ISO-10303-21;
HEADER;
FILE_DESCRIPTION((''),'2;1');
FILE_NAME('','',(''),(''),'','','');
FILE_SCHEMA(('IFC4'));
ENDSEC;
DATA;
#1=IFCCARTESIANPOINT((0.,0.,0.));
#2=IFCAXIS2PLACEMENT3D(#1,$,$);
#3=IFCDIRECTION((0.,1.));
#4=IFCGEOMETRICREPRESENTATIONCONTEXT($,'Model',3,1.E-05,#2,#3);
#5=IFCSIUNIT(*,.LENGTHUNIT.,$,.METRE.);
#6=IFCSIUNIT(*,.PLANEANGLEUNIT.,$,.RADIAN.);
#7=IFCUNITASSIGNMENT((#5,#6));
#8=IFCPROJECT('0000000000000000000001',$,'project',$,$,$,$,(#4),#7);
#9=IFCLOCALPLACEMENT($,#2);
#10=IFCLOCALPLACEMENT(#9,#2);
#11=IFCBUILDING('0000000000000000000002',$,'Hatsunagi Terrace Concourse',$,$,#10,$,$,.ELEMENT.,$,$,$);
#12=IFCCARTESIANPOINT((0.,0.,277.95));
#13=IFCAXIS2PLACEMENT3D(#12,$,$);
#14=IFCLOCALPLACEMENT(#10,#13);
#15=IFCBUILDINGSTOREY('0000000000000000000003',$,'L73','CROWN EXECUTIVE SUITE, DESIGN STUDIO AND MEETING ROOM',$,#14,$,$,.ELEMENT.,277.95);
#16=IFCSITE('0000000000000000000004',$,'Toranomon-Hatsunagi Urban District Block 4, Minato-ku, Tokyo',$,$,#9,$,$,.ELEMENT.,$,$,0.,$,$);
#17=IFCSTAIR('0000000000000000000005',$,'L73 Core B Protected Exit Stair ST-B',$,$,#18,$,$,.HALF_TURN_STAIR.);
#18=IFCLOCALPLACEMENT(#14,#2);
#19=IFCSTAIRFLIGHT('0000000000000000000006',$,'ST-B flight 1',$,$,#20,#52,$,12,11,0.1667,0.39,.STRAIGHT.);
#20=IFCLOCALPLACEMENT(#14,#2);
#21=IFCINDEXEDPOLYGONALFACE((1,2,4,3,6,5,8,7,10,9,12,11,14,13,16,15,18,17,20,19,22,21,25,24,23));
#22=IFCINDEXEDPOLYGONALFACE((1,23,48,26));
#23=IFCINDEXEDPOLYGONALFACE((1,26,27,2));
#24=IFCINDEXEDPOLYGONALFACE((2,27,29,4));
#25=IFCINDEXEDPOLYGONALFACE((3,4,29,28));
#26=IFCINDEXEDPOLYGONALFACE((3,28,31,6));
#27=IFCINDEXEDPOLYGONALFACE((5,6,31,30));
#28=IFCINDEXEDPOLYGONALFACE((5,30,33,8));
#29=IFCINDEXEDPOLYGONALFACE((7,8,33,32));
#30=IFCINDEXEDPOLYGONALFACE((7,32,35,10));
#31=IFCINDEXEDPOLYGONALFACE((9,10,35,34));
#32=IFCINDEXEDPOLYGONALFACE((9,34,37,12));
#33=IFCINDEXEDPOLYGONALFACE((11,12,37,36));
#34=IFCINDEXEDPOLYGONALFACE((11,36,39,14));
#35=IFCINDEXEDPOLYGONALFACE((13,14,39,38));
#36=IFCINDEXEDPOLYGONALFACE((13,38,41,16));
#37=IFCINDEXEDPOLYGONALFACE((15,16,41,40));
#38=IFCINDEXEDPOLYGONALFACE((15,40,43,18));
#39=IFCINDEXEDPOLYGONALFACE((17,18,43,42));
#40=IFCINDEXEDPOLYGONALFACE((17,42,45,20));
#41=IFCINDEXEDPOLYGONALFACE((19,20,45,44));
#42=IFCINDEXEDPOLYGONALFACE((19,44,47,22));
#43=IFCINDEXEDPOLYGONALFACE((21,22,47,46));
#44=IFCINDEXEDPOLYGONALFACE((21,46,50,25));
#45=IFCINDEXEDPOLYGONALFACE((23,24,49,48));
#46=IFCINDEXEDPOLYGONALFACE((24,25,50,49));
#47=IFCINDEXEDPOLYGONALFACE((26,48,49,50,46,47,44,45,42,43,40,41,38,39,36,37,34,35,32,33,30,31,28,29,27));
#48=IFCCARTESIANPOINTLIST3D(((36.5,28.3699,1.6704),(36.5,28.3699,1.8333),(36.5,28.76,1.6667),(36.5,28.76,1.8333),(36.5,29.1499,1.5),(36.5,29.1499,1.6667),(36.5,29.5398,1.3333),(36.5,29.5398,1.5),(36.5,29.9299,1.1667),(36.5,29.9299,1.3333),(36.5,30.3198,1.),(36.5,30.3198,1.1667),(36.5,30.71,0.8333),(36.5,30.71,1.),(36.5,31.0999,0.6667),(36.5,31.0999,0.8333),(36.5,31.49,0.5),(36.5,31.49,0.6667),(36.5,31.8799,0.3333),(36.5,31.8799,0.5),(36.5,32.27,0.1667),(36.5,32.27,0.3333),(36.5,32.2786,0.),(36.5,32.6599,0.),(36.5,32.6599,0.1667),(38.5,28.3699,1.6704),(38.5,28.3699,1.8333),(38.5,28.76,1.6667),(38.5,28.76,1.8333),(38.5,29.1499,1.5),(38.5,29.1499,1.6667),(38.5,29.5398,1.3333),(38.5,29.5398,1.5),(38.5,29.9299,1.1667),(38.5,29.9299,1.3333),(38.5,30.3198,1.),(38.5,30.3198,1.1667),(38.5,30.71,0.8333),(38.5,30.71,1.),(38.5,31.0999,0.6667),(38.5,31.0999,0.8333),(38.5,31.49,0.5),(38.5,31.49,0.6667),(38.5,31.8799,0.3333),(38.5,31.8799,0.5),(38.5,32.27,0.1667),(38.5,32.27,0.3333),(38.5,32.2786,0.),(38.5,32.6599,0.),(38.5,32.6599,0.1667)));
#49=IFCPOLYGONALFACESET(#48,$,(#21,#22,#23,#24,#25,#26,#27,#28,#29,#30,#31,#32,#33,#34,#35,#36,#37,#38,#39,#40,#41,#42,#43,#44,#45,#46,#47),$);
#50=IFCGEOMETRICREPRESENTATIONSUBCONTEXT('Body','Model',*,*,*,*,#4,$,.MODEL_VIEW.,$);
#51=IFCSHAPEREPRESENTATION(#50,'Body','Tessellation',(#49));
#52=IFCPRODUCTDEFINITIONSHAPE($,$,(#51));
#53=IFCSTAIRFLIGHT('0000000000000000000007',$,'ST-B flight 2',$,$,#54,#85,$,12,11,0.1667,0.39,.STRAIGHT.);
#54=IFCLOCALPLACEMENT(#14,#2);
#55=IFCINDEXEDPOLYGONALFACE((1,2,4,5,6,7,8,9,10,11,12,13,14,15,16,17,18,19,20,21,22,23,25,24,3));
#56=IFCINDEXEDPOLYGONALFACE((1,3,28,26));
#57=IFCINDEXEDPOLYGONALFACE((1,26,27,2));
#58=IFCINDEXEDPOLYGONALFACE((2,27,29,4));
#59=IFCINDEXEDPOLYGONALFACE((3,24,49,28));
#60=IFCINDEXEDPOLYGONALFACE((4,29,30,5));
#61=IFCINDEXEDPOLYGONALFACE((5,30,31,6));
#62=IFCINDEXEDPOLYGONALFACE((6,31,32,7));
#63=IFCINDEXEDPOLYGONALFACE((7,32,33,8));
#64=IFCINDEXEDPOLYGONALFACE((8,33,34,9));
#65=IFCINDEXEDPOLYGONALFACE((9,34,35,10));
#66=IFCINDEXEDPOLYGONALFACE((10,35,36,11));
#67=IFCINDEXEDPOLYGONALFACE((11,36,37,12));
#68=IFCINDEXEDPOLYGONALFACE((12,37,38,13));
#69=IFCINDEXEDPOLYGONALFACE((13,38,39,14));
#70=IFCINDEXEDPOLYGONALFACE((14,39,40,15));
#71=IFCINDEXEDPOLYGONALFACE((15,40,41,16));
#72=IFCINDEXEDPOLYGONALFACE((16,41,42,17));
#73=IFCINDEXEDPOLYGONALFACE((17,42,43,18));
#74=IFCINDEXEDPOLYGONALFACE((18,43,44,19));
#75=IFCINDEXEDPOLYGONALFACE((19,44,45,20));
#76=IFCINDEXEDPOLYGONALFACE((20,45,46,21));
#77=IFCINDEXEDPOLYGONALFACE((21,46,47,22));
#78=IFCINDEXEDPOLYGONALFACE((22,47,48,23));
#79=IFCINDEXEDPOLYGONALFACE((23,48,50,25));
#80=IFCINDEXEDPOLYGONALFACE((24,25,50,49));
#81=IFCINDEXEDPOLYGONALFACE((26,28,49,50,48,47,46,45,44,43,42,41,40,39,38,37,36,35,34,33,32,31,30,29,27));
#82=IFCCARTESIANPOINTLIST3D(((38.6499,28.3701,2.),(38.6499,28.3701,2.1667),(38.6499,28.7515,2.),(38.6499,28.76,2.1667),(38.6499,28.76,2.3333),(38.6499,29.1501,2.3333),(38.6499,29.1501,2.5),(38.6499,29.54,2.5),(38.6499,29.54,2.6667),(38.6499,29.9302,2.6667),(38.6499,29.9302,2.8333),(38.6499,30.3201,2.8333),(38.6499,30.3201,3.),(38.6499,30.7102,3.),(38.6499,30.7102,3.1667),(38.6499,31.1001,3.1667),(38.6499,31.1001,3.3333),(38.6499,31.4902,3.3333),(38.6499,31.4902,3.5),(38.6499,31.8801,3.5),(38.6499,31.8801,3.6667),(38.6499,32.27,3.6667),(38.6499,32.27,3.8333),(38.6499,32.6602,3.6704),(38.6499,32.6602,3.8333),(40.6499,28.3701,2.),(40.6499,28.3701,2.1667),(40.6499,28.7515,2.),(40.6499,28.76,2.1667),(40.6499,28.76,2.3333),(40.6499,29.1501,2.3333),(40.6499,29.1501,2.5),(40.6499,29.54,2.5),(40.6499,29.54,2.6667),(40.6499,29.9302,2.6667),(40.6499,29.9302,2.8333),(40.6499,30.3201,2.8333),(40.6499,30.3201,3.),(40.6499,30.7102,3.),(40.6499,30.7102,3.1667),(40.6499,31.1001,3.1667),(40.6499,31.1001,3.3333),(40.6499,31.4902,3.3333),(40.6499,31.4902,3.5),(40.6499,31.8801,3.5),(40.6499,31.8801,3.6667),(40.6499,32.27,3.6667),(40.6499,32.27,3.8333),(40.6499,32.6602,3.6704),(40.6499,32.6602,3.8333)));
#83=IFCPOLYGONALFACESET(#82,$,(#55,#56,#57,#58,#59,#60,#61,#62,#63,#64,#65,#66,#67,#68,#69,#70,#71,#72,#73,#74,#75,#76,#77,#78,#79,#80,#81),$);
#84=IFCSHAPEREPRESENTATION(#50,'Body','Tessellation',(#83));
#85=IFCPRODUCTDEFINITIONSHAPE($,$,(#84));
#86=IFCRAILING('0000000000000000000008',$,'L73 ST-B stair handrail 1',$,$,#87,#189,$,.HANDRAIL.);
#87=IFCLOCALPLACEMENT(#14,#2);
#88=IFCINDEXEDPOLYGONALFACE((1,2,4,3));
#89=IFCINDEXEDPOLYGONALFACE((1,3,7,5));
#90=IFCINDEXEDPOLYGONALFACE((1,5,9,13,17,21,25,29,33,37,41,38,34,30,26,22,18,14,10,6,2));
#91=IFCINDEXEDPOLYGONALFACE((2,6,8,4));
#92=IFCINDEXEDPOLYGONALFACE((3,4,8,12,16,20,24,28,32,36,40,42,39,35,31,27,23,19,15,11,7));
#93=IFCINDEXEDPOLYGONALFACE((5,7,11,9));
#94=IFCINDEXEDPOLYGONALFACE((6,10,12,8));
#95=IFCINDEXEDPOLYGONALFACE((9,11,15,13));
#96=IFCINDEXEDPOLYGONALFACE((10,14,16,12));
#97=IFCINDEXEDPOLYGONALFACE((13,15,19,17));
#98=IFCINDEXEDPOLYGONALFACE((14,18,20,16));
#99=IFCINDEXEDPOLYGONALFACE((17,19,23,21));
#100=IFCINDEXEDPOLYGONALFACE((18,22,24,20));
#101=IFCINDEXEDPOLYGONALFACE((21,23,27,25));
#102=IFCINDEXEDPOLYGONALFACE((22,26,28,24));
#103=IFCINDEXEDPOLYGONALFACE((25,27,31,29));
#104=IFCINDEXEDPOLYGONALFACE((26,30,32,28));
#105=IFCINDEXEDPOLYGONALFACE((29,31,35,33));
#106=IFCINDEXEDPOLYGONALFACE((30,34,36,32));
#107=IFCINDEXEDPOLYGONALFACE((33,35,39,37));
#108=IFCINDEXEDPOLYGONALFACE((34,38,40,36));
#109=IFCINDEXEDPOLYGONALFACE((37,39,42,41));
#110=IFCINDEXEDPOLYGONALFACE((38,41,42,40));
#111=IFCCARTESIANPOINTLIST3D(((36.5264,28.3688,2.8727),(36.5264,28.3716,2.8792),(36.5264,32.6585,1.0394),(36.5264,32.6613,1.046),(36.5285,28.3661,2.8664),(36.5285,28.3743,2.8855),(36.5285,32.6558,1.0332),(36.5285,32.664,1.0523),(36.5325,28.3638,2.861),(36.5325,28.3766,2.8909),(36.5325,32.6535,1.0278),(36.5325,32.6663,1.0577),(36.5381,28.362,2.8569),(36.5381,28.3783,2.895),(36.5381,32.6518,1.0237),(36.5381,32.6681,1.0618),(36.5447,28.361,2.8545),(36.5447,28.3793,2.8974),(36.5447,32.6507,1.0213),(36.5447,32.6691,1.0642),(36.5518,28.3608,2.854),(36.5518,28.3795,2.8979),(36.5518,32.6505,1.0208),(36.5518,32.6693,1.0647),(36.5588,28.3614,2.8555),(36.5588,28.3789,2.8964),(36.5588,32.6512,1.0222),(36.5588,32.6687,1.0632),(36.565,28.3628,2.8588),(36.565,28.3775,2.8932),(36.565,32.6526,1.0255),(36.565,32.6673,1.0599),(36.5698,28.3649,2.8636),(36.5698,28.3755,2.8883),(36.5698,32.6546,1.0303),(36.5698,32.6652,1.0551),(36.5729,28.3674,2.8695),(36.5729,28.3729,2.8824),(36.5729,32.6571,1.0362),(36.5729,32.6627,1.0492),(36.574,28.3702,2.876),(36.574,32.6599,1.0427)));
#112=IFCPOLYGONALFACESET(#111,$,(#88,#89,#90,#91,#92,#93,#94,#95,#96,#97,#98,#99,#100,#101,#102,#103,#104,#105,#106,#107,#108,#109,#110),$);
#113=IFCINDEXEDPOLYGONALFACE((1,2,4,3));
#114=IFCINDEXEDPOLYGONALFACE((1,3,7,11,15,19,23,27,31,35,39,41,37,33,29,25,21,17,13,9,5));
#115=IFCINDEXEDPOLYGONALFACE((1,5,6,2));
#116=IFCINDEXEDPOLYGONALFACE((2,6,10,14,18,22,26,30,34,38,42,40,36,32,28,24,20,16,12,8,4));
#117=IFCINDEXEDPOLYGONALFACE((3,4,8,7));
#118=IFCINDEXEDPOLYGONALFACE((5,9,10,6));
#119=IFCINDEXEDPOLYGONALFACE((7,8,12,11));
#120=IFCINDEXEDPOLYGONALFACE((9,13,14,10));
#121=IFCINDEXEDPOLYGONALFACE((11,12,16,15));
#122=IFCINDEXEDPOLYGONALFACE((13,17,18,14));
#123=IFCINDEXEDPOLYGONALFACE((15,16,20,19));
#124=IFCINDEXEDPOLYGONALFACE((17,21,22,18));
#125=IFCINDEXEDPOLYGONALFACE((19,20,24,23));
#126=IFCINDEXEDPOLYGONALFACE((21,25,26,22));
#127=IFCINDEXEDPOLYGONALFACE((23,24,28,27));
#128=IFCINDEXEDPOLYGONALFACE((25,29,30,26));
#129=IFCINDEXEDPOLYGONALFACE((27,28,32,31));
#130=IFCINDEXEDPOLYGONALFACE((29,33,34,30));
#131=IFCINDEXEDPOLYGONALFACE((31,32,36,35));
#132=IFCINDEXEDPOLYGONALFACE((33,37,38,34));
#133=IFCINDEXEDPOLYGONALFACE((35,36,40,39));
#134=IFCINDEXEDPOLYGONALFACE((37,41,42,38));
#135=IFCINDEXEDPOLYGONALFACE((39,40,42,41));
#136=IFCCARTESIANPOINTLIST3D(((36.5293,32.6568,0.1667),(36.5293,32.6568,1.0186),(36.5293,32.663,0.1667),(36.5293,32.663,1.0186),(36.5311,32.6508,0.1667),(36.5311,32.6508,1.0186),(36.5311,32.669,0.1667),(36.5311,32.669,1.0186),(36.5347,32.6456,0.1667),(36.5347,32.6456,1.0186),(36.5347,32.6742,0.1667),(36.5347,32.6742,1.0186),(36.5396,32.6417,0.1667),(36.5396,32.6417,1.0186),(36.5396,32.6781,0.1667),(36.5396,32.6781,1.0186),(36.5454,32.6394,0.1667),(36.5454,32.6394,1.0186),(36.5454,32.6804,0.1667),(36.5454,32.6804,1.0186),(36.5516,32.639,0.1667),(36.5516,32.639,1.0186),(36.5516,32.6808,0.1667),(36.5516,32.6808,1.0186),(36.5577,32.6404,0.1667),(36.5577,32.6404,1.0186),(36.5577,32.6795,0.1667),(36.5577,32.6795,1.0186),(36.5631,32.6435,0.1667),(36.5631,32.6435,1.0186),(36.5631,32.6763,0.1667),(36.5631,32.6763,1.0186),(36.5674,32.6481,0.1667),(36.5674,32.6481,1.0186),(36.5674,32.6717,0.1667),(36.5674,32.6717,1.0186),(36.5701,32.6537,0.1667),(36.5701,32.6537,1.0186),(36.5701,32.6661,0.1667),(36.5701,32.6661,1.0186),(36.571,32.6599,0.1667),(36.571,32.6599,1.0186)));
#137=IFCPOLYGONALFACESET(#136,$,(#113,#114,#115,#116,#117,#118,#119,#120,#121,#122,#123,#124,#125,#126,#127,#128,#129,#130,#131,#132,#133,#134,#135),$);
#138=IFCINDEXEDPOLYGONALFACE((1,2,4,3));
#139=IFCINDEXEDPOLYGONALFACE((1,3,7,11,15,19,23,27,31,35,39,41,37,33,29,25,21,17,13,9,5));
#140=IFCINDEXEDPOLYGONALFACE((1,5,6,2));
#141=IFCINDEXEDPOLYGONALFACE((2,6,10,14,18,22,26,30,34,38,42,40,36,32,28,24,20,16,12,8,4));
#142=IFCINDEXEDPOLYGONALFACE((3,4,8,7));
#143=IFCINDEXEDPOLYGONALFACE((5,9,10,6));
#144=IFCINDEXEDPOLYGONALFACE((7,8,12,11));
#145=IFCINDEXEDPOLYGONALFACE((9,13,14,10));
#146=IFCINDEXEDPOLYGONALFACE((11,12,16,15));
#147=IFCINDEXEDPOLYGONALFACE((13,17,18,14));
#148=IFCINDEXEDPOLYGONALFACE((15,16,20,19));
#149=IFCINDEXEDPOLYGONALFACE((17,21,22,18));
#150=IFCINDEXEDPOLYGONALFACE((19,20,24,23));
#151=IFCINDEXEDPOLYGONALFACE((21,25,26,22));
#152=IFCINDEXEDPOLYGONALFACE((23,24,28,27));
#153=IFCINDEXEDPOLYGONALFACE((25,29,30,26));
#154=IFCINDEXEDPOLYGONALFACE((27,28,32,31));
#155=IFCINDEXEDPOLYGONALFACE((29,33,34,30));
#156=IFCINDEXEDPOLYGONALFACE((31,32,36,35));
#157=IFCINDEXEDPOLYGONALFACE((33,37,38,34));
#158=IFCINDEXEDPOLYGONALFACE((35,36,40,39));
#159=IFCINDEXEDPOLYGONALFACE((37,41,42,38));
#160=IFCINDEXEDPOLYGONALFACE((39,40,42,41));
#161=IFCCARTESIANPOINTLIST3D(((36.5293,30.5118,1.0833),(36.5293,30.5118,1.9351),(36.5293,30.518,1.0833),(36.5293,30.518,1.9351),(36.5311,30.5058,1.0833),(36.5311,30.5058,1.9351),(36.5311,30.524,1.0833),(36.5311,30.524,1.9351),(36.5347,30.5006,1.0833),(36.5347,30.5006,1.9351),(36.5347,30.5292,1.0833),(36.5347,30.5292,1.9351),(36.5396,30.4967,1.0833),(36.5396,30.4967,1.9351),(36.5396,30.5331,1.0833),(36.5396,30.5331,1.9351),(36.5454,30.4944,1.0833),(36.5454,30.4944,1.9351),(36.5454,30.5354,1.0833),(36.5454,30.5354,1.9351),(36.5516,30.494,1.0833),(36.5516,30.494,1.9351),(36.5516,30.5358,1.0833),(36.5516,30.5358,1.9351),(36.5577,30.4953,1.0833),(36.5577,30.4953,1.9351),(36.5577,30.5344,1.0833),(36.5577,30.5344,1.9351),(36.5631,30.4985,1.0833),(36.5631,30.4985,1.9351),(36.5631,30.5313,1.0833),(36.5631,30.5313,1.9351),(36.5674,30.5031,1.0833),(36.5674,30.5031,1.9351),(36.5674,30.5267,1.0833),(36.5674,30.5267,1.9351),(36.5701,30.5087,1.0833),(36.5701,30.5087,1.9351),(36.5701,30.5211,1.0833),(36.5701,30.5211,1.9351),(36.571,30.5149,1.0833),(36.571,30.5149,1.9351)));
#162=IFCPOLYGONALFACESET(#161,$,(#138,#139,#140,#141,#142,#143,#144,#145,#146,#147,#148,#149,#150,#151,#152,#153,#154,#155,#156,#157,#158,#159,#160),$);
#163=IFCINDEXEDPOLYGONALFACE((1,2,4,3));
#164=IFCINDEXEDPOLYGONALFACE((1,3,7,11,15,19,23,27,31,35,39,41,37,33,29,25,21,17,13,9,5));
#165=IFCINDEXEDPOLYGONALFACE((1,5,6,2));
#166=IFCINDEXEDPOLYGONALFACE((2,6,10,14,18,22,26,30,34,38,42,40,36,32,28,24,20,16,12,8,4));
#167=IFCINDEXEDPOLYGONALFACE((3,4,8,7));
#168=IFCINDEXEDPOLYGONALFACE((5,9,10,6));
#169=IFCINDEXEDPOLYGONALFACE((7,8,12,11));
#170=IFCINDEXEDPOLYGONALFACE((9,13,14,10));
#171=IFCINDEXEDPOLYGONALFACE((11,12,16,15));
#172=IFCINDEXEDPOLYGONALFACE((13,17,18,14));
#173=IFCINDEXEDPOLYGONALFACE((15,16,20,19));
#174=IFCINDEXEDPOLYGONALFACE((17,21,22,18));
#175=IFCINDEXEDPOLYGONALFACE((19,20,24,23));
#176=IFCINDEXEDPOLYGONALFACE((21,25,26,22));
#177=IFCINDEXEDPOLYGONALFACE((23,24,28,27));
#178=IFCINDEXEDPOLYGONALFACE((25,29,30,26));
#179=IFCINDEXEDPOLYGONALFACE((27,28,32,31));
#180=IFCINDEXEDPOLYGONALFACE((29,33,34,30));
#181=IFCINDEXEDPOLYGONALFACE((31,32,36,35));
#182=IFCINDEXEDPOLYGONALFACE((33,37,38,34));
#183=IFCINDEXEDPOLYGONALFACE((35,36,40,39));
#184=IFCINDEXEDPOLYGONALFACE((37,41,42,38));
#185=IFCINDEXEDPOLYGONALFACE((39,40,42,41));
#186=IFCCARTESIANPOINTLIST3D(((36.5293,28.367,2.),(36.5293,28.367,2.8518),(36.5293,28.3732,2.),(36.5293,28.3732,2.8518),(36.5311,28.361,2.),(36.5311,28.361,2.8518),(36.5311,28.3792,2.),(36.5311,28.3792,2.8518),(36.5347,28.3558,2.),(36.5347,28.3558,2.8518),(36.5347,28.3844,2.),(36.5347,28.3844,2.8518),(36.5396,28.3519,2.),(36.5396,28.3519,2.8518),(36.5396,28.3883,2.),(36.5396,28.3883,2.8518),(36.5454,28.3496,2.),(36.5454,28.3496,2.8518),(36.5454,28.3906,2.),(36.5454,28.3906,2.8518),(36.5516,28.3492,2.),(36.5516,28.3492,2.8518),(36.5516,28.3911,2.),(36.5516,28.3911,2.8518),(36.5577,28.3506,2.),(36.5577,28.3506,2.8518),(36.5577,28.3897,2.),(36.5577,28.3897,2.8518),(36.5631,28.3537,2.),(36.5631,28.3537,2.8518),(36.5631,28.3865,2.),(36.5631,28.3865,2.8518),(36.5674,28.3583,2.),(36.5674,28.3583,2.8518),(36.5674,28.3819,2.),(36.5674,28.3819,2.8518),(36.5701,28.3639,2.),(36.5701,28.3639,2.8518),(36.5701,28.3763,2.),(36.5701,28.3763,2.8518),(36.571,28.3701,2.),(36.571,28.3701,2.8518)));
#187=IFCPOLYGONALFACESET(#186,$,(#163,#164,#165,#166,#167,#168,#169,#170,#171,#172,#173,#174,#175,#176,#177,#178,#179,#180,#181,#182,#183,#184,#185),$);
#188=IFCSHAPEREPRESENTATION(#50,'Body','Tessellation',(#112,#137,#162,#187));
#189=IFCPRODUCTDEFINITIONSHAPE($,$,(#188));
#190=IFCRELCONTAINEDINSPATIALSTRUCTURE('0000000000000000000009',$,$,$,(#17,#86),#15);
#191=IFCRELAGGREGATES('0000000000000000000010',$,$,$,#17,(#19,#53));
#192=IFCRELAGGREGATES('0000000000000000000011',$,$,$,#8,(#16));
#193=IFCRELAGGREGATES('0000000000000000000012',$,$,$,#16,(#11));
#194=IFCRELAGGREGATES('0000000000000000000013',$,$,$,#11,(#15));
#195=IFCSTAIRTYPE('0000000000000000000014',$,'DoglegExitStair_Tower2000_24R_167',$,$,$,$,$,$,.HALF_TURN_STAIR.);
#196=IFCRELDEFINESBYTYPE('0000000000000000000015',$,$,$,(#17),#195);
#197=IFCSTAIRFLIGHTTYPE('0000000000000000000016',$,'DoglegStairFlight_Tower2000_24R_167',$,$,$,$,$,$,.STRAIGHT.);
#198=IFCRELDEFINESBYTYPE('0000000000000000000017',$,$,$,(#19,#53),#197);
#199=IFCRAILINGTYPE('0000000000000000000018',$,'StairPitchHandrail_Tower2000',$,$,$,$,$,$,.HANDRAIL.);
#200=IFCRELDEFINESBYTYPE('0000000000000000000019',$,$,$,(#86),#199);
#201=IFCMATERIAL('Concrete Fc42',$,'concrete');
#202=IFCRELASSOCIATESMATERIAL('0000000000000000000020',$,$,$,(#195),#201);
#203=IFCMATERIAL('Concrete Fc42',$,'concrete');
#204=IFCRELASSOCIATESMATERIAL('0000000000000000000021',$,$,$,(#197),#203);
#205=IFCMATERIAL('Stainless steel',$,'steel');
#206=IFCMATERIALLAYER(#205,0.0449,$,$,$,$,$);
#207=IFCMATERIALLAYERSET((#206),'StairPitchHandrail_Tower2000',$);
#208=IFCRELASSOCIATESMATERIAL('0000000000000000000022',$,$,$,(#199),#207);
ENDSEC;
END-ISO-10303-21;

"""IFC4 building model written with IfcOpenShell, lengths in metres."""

from ifc_helpers import new_model, si_unit, direction, frame, origin, origin_2d, place, context, subcontext, project, spatial, polyline, circle, outline, extrude, material, layer, layer_set, type_object, element, aggregate, save


model = new_model("IFC4")

# Units and contexts
model_context = context("Model", 3, precision=1e-05, world=origin(), true_north=direction((0.0, 1.0)))
body_context = subcontext(model_context, "Body", "Model", "MODEL_VIEW")
ifc_project = project(units=[si_unit("LENGTHUNIT", "METRE"), si_unit("PLANEANGLEUNIT", "RADIAN")], contexts=[model_context])

# Site, building, storey
site_placement = place(None, origin())
site = spatial("IfcSite", under=ifc_project, at=site_placement, Name="Toranomon-Hatsunagi Urban District Block 4, Minato-ku, Tokyo", CompositionType="ELEMENT", RefElevation=0.0)
building_placement = place(site_placement, origin())
building = spatial("IfcBuilding", under=site, at=building_placement, Name="Hatsunagi Terrace Concourse", CompositionType="ELEMENT")
storey_placement = place(building_placement, frame((0.0, 0.0, 277.95)))
storey = spatial("IfcBuildingStorey", under=building, at=storey_placement, Name="L73", Description="CROWN EXECUTIVE SUITE, DESIGN STUDIO AND MEETING ROOM", CompositionType="ELEMENT", Elevation=277.95)

# Stair, stair flights
ifc_material_1 = material(Name="Concrete Fc42", Category="concrete")
stair_type = type_object("IfcStairType", Name="DoglegExitStair_Tower2000_24R_167", PredefinedType="HALF_TURN_STAIR", material=ifc_material_1)
stair_placement = place(storey_placement, origin())
stair = element("IfcStair", 1, at=stair_placement, inside=storey, type_object=stair_type, Name="L73 Core B Protected Exit Stair ST-B", PredefinedType="HALF_TURN_STAIR")
ifc_material_2 = material(Name="Concrete Fc42", Category="concrete")
stair_flight_type = type_object("IfcStairFlightType", Name="DoglegStairFlight_Tower2000_24R_167", PredefinedType="STRAIGHT", material=ifc_material_2)
stair_flight_1_placement = place(storey_placement, frame((37.5, 32.6599, 0.0), z_axis=(0.0, 0.0, 1.0), x_axis=(0.0, -1.0, 0.0)))
stair_flight_1 = element("IfcStairFlight", 2, at=stair_flight_1_placement, type_object=stair_flight_type, Name="ST-B flight 1", NumberOfRisers=12, NumberOfTreads=11, PredefinedType="STRAIGHT", RiserHeight=0.1667, TreadLength=0.39, context=body_context, shape_type="SweptSolid", body=[
    extrude(outline(polyline([(0.0, 0.0), (0.0, 0.1667), (0.3899, 0.1667), (0.3899, 0.3333), (0.78, 0.3333), (0.78, 0.5), (1.1699, 0.5), (1.1699, 0.6667), (1.5601, 0.6667), (1.5601, 0.8333), (1.95, 0.8333), (1.95, 1.0), (2.3401, 1.0), (2.3401, 1.1667), (2.73, 1.1667), (2.73, 1.3333), (3.1201, 1.3333), (3.1201, 1.5), (3.51, 1.5), (3.51, 1.6667), (3.8999, 1.6667), (3.8999, 1.8333), (4.29, 1.8333), (4.29, 2.0), (4.29, 1.6704), (0.3813, 0.0), (0.0, 0.0)])), frame((0.0, 1.0, 0.0), z_axis=(0.0, -1.0, 0.0), x_axis=(1.0, 0.0, 0.0)), (0.0, 0.0, 1.0), 2.0),
])
stair_flight_2_placement = place(storey_placement, frame((39.6499, 28.3701, 2.0), z_axis=(0.0, 0.0, 1.0), x_axis=(0.0, 1.0, 0.0)))
stair_flight_2 = element("IfcStairFlight", 3, at=stair_flight_2_placement, type_object=stair_flight_type, Name="ST-B flight 2", NumberOfRisers=12, NumberOfTreads=11, PredefinedType="STRAIGHT", RiserHeight=0.1667, TreadLength=0.39, context=body_context, shape_type="SweptSolid", body=[
    extrude(outline(polyline([(0.0, 0.0), (0.0, 0.1667), (0.3899, 0.1667), (0.3899, 0.3333), (0.78, 0.3333), (0.78, 0.5), (1.1699, 0.5), (1.1699, 0.6667), (1.5601, 0.6667), (1.5601, 0.8333), (1.95, 0.8333), (1.95, 1.0), (2.3401, 1.0), (2.3401, 1.1667), (2.73, 1.1667), (2.73, 1.3333), (3.1201, 1.3333), (3.1201, 1.5), (3.51, 1.5), (3.51, 1.6667), (3.8999, 1.6667), (3.8999, 1.8333), (4.29, 1.8333), (4.29, 2.0), (4.29, 1.6704), (0.3813, 0.0), (0.0, 0.0)])), frame((0.0, 1.0, 0.0), z_axis=(0.0, -1.0, 0.0), x_axis=(1.0, 0.0, 0.0)), (0.0, 0.0, 1.0), 2.0),
])
aggregate(stair, [stair_flight_1, stair_flight_2])

# Railing
ifc_material_3 = material(Name="Stainless steel", Category="steel")
ifc_layer_1 = layer(ifc_material_3, 0.0449)
ifc_layer_set_1 = layer_set([ifc_layer_1], Name="StairPitchHandrail_Tower2000")
railing_type_1 = type_object("IfcRailingType", Name="StairPitchHandrail_Tower2000", PredefinedType="HANDRAIL", material=ifc_layer_set_1)
railing_1_placement = place(storey_placement, frame((36.55, 32.6599, 0.1667)))
element("IfcRailing", 4, at=railing_1_placement, inside=storey, type_object=railing_type_1, Name="L73 ST-B stair handrail 1", PredefinedType="HANDRAIL", context=body_context, shape_type="SweptSolid", body=[
    extrude(circle(Radius=0.0239, at=origin_2d()), frame((0.0, 0.0, 0.876), z_axis=(0.0, -0.919551, 0.392972), x_axis=(1.0, 0.0, 0.0)), (0.0, 0.0, 1.0), 4.665),
    extrude(circle(Radius=0.021, at=origin_2d()), origin(), (0.0, 0.0, 1.0), 0.8518),
    extrude(circle(Radius=0.021, at=origin_2d()), frame((0.0, -2.145, 0.9165)), (0.0, 0.0, 1.0), 0.8518),
    extrude(circle(Radius=0.021, at=origin_2d()), frame((0.0, -4.2898, 1.8333)), (0.0, 0.0, 1.0), 0.8518),
])

save(model, "model.ifc")
